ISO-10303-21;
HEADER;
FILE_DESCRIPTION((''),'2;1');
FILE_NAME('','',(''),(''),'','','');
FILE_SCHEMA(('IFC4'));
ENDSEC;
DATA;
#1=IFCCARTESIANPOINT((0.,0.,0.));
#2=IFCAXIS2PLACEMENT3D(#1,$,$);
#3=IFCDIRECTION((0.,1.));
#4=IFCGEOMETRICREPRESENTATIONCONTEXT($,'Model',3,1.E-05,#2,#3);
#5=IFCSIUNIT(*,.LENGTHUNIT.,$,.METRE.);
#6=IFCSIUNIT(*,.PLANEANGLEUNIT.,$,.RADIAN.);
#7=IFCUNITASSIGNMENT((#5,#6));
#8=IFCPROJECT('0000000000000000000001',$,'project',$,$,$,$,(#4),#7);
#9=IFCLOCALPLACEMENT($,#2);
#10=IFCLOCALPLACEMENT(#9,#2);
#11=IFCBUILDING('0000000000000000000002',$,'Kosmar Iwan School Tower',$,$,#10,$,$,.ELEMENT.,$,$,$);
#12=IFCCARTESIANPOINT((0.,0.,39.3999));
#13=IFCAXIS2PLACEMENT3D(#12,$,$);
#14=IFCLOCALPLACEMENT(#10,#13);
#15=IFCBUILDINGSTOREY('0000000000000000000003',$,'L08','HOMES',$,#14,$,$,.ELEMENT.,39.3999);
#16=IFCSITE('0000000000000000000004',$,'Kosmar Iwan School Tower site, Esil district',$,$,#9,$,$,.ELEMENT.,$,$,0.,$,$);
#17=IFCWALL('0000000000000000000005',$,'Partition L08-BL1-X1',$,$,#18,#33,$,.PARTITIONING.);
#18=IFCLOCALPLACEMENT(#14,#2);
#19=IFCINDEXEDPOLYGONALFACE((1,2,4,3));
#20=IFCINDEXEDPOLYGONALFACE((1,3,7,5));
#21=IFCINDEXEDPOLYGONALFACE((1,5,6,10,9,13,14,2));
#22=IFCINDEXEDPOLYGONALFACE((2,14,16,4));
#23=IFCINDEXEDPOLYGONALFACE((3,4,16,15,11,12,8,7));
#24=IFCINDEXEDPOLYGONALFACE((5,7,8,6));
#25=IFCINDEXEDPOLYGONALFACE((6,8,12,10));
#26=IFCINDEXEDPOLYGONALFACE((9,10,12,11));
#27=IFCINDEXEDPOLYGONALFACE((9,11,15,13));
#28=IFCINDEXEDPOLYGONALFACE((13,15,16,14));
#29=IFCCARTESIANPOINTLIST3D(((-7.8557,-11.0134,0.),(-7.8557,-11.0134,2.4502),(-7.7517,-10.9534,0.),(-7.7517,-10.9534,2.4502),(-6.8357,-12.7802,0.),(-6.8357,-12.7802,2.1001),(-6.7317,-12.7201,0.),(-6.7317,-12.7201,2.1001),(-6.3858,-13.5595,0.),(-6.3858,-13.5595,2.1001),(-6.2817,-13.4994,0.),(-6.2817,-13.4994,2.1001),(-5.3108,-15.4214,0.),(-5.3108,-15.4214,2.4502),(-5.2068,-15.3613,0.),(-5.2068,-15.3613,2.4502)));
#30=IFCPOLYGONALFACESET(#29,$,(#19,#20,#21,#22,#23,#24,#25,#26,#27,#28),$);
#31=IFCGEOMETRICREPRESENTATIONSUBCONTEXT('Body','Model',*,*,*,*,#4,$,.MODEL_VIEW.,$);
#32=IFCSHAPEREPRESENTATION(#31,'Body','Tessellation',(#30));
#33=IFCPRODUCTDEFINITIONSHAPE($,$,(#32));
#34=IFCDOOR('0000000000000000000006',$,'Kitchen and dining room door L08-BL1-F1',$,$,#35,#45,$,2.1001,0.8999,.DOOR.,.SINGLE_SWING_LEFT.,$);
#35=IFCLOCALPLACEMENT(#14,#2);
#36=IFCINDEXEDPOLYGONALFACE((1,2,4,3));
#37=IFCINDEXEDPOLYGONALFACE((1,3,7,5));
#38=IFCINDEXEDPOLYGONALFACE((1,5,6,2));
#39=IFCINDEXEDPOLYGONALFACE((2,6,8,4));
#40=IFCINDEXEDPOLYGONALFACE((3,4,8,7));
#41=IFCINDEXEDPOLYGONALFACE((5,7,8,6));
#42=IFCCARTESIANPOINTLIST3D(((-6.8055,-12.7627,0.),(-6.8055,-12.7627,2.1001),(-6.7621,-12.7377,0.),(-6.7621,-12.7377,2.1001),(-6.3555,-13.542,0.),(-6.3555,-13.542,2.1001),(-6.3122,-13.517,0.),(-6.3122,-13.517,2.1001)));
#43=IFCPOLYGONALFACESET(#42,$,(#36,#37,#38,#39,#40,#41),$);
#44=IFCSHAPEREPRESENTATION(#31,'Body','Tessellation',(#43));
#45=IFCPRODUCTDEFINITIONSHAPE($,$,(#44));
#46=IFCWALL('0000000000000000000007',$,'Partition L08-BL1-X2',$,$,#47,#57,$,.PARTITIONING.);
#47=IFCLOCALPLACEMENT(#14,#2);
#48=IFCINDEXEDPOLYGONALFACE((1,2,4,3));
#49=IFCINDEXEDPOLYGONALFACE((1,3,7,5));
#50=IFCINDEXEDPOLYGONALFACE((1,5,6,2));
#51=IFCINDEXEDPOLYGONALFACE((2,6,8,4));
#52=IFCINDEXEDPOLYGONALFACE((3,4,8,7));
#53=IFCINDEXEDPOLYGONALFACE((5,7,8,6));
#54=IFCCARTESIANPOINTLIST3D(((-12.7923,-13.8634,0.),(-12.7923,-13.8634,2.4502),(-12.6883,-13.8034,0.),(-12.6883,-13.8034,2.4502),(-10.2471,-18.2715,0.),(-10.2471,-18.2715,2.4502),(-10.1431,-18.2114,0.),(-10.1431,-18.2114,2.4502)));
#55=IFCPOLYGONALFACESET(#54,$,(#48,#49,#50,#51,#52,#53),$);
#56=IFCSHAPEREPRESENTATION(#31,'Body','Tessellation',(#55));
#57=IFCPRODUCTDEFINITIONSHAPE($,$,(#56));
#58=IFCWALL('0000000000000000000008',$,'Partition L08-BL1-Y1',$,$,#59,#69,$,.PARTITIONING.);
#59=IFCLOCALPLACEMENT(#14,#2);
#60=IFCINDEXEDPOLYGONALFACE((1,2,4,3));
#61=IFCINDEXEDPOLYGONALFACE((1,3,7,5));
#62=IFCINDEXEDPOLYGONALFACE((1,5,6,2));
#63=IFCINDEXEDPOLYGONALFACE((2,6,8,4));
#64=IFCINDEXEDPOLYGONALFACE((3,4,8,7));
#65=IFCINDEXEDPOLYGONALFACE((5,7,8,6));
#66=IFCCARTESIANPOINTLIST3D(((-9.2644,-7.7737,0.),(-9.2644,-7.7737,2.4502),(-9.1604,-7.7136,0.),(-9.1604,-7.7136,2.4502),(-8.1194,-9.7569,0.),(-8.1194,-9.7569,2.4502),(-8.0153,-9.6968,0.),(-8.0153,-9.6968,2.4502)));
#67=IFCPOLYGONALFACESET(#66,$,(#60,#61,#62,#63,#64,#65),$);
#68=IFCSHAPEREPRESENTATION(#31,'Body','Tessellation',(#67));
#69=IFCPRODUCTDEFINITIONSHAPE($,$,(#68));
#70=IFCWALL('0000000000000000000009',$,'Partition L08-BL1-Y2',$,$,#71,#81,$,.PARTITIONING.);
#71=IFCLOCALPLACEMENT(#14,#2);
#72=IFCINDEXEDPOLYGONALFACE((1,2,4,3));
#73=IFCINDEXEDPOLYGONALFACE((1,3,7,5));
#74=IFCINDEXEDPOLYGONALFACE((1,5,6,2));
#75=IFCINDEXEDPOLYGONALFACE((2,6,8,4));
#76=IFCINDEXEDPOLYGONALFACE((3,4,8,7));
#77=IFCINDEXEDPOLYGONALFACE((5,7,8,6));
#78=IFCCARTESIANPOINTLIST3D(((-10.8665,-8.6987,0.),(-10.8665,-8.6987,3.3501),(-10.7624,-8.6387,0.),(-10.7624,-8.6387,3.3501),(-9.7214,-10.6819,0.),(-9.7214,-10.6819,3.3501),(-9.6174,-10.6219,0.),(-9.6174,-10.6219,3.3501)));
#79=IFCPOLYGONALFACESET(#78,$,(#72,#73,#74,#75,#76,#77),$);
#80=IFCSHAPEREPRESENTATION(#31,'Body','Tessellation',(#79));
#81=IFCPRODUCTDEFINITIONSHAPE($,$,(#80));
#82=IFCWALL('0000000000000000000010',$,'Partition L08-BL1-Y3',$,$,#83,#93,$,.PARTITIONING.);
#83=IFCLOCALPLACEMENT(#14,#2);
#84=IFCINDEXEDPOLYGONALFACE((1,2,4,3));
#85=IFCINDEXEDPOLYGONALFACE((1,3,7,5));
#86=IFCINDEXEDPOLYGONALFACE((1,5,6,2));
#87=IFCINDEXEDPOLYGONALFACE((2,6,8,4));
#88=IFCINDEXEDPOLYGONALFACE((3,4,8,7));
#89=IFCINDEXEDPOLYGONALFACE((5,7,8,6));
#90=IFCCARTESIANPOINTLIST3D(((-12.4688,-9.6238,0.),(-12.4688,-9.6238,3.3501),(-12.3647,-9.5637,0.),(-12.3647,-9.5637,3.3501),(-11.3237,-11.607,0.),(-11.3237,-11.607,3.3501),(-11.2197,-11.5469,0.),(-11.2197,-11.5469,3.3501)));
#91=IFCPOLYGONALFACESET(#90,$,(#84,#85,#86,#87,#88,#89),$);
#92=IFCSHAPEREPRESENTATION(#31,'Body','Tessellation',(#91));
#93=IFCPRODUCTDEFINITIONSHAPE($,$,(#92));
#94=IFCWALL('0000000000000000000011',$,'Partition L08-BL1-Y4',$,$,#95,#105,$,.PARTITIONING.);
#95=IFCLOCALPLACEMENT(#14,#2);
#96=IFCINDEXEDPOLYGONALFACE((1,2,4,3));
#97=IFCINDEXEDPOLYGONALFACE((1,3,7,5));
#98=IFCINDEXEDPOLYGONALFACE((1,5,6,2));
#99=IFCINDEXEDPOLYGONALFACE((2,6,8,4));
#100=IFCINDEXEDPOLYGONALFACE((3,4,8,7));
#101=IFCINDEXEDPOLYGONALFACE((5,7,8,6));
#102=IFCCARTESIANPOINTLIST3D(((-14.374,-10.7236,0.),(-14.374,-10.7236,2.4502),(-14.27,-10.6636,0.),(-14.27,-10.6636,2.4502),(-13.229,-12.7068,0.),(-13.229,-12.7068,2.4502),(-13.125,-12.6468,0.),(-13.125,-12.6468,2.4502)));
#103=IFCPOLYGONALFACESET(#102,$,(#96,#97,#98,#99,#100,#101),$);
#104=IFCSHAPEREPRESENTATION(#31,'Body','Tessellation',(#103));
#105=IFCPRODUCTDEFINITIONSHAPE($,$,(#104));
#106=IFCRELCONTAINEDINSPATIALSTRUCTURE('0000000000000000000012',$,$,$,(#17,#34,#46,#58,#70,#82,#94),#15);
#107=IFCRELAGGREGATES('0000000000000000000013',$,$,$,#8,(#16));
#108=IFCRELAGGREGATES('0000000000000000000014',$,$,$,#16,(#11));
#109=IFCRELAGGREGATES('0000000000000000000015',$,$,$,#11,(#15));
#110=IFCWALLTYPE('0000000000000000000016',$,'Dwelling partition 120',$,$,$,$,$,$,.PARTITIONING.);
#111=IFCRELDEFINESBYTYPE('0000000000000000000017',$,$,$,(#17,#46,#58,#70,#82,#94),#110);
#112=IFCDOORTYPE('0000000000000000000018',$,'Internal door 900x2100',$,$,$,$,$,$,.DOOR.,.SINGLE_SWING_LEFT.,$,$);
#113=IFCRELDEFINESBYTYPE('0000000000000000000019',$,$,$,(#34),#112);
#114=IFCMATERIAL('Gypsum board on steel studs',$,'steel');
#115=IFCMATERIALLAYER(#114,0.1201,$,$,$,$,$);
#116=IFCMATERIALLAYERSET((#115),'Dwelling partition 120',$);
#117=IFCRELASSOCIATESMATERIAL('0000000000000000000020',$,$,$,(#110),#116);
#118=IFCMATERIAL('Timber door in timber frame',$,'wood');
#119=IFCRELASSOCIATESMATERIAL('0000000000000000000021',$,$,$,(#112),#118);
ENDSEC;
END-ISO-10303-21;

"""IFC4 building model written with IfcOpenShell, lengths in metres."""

from ifc_helpers import new_model, si_unit, direction, frame, frame_2d, origin, place, context, subcontext, project, spatial, rectangle, extrude, material, layer, layer_set, type_object, element, fill, save


model = new_model("IFC4")

# Units and contexts
model_context = context("Model", 3, precision=1e-05, world=origin(), true_north=direction((0.0, 1.0)))
body_context = subcontext(model_context, "Body", "Model", "MODEL_VIEW")
ifc_project = project(units=[si_unit("LENGTHUNIT", "METRE"), si_unit("PLANEANGLEUNIT", "RADIAN")], contexts=[model_context])

# Site, building, storey
site_placement = place(None, origin())
site = spatial("IfcSite", under=ifc_project, at=site_placement, Name="Kosmar Iwan School Tower site, Esil district", CompositionType="ELEMENT", RefElevation=0.0)
building_placement = place(site_placement, origin())
building = spatial("IfcBuilding", under=site, at=building_placement, Name="Kosmar Iwan School Tower", CompositionType="ELEMENT")
storey_placement = place(building_placement, frame((0.0, 0.0, 39.3999)))
storey = spatial("IfcBuildingStorey", under=building, at=storey_placement, Name="L08", Description="HOMES", CompositionType="ELEMENT", Elevation=39.3999)

# Shared definitions
ifc_material_1 = material(Name="Gypsum board on steel studs", Category="steel")
ifc_layer_1 = layer(ifc_material_1, 0.1201)
ifc_layer_set_1 = layer_set([ifc_layer_1], Name="Dwelling partition 120")
wall_type_1 = type_object("IfcWallType", Name="Dwelling partition 120", PredefinedType="PARTITIONING", material=ifc_layer_set_1)
ifc_material_2 = material(Name="Timber door in timber frame", Category="wood")
door_type_1 = type_object("IfcDoorType", Name="Internal door 900x2100", OperationType="SINGLE_SWING_LEFT", PredefinedType="DOOR", material=ifc_material_2)

# Wall, opening, door
wall_1_placement = place(storey_placement, frame((-7.8037, -10.9834, 0.0), z_axis=(0.0, 0.0, 1.0), x_axis=(0.499998, -0.866027, 0.0)))
wall_1 = element("IfcWall", 1, at=wall_1_placement, inside=storey, type_object=wall_type_1, Name="Partition L08-BL1-X1", PredefinedType="PARTITIONING", context=body_context, shape_type="SweptSolid", body=[
    extrude(rectangle(XDim=5.0898, YDim=0.1201, at=frame_2d((2.5449, 0.0))), origin(), (0.0, 0.0, 1.0), 2.4502),
])
opening_1_placement = place(wall_1_placement, frame((2.04, 0.0, 0.0)))
opening_1 = element("IfcOpeningElement", 2, at=opening_1_placement, cuts=wall_1, PredefinedType="OPENING", context=body_context, shape_type="SweptSolid", body=[
    extrude(rectangle(XDim=0.8999, YDim=2.1001, at=frame_2d((0.45, 1.05))), frame((0.0, 0.072, 0.0), z_axis=(0.0, -1.0, 0.0), x_axis=(1.0, 0.0, 0.0)), (0.0, 0.0, 1.0), 0.144),
])
door_1_placement = place(opening_1_placement, origin())
door_1 = element("IfcDoor", 3, at=door_1_placement, inside=storey, type_object=door_type_1, Name="Kitchen and dining room door L08-BL1-F1", OperationType="SINGLE_SWING_LEFT", OverallHeight=2.1001, OverallWidth=0.8999, PredefinedType="DOOR", context=body_context, shape_type="SweptSolid", body=[
    extrude(rectangle(XDim=0.8999, YDim=2.1001, at=frame_2d((0.45, 1.05))), frame((0.0, 0.0249, 0.0), z_axis=(0.0, -1.0, 0.0), x_axis=(1.0, 0.0, 0.0)), (0.0, 0.0, 1.0), 0.05),
])
fill(opening_1, door_1)

# Walls
wall_2_placement = place(storey_placement, frame((-12.7402, -13.8335, 0.0), z_axis=(0.0, 0.0, 1.0), x_axis=(0.500034, -0.866006, 0.0)))
element("IfcWall", 4, at=wall_2_placement, inside=storey, type_object=wall_type_1, Name="Partition L08-BL1-X2", PredefinedType="PARTITIONING", context=body_context, shape_type="SweptSolid", body=[
    extrude(rectangle(XDim=5.0901, YDim=0.1201, at=frame_2d((2.5449, 0.0))), origin(), (0.0, 0.0, 1.0), 2.4502),
])
wall_3_placement = place(storey_placement, frame((-9.2124, -7.7437, 0.0), z_axis=(0.0, 0.0, 1.0), x_axis=(0.500015, -0.866017, 0.0)))
element("IfcWall", 5, at=wall_3_placement, inside=storey, type_object=wall_type_1, Name="Partition L08-BL1-Y1", PredefinedType="PARTITIONING", context=body_context, shape_type="SweptSolid", body=[
    extrude(rectangle(XDim=2.29, YDim=0.1201, at=frame_2d((1.145, 0.0))), origin(), (0.0, 0.0, 1.0), 2.4502),
])
for number, where, z_axis, x_axis, name in (
    (6, (-10.8145, -8.6687, 0.0), (0.0, 0.0, 1.0), (0.500015, -0.866017, 0.0), "Partition L08-BL1-Y2"),
    (7, (-12.4167, -9.5938, 0.0), (0.0, 0.0, 1.0), (0.500015, -0.866017, 0.0), "Partition L08-BL1-Y3"),
):
    element("IfcWall", number, at=place(storey_placement, frame(where, z_axis=z_axis, x_axis=x_axis)), inside=storey, type_object=wall_type_1, Name=name, PredefinedType="PARTITIONING", context=body_context, shape_type="SweptSolid", body=[
        extrude(rectangle(XDim=2.29, YDim=0.1201, at=frame_2d((1.145, 0.0))), origin(), (0.0, 0.0, 1.0), 3.3501),
    ])
wall_4_placement = place(storey_placement, frame((-14.322, -10.6936, 0.0), z_axis=(0.0, 0.0, 1.0), x_axis=(0.500015, -0.866017, 0.0)))
element("IfcWall", 8, at=wall_4_placement, inside=storey, type_object=wall_type_1, Name="Partition L08-BL1-Y4", PredefinedType="PARTITIONING", context=body_context, shape_type="SweptSolid", body=[
    extrude(rectangle(XDim=2.29, YDim=0.1201, at=frame_2d((1.145, 0.0))), origin(), (0.0, 0.0, 1.0), 2.4502),
])

save(model, "model.ifc")
